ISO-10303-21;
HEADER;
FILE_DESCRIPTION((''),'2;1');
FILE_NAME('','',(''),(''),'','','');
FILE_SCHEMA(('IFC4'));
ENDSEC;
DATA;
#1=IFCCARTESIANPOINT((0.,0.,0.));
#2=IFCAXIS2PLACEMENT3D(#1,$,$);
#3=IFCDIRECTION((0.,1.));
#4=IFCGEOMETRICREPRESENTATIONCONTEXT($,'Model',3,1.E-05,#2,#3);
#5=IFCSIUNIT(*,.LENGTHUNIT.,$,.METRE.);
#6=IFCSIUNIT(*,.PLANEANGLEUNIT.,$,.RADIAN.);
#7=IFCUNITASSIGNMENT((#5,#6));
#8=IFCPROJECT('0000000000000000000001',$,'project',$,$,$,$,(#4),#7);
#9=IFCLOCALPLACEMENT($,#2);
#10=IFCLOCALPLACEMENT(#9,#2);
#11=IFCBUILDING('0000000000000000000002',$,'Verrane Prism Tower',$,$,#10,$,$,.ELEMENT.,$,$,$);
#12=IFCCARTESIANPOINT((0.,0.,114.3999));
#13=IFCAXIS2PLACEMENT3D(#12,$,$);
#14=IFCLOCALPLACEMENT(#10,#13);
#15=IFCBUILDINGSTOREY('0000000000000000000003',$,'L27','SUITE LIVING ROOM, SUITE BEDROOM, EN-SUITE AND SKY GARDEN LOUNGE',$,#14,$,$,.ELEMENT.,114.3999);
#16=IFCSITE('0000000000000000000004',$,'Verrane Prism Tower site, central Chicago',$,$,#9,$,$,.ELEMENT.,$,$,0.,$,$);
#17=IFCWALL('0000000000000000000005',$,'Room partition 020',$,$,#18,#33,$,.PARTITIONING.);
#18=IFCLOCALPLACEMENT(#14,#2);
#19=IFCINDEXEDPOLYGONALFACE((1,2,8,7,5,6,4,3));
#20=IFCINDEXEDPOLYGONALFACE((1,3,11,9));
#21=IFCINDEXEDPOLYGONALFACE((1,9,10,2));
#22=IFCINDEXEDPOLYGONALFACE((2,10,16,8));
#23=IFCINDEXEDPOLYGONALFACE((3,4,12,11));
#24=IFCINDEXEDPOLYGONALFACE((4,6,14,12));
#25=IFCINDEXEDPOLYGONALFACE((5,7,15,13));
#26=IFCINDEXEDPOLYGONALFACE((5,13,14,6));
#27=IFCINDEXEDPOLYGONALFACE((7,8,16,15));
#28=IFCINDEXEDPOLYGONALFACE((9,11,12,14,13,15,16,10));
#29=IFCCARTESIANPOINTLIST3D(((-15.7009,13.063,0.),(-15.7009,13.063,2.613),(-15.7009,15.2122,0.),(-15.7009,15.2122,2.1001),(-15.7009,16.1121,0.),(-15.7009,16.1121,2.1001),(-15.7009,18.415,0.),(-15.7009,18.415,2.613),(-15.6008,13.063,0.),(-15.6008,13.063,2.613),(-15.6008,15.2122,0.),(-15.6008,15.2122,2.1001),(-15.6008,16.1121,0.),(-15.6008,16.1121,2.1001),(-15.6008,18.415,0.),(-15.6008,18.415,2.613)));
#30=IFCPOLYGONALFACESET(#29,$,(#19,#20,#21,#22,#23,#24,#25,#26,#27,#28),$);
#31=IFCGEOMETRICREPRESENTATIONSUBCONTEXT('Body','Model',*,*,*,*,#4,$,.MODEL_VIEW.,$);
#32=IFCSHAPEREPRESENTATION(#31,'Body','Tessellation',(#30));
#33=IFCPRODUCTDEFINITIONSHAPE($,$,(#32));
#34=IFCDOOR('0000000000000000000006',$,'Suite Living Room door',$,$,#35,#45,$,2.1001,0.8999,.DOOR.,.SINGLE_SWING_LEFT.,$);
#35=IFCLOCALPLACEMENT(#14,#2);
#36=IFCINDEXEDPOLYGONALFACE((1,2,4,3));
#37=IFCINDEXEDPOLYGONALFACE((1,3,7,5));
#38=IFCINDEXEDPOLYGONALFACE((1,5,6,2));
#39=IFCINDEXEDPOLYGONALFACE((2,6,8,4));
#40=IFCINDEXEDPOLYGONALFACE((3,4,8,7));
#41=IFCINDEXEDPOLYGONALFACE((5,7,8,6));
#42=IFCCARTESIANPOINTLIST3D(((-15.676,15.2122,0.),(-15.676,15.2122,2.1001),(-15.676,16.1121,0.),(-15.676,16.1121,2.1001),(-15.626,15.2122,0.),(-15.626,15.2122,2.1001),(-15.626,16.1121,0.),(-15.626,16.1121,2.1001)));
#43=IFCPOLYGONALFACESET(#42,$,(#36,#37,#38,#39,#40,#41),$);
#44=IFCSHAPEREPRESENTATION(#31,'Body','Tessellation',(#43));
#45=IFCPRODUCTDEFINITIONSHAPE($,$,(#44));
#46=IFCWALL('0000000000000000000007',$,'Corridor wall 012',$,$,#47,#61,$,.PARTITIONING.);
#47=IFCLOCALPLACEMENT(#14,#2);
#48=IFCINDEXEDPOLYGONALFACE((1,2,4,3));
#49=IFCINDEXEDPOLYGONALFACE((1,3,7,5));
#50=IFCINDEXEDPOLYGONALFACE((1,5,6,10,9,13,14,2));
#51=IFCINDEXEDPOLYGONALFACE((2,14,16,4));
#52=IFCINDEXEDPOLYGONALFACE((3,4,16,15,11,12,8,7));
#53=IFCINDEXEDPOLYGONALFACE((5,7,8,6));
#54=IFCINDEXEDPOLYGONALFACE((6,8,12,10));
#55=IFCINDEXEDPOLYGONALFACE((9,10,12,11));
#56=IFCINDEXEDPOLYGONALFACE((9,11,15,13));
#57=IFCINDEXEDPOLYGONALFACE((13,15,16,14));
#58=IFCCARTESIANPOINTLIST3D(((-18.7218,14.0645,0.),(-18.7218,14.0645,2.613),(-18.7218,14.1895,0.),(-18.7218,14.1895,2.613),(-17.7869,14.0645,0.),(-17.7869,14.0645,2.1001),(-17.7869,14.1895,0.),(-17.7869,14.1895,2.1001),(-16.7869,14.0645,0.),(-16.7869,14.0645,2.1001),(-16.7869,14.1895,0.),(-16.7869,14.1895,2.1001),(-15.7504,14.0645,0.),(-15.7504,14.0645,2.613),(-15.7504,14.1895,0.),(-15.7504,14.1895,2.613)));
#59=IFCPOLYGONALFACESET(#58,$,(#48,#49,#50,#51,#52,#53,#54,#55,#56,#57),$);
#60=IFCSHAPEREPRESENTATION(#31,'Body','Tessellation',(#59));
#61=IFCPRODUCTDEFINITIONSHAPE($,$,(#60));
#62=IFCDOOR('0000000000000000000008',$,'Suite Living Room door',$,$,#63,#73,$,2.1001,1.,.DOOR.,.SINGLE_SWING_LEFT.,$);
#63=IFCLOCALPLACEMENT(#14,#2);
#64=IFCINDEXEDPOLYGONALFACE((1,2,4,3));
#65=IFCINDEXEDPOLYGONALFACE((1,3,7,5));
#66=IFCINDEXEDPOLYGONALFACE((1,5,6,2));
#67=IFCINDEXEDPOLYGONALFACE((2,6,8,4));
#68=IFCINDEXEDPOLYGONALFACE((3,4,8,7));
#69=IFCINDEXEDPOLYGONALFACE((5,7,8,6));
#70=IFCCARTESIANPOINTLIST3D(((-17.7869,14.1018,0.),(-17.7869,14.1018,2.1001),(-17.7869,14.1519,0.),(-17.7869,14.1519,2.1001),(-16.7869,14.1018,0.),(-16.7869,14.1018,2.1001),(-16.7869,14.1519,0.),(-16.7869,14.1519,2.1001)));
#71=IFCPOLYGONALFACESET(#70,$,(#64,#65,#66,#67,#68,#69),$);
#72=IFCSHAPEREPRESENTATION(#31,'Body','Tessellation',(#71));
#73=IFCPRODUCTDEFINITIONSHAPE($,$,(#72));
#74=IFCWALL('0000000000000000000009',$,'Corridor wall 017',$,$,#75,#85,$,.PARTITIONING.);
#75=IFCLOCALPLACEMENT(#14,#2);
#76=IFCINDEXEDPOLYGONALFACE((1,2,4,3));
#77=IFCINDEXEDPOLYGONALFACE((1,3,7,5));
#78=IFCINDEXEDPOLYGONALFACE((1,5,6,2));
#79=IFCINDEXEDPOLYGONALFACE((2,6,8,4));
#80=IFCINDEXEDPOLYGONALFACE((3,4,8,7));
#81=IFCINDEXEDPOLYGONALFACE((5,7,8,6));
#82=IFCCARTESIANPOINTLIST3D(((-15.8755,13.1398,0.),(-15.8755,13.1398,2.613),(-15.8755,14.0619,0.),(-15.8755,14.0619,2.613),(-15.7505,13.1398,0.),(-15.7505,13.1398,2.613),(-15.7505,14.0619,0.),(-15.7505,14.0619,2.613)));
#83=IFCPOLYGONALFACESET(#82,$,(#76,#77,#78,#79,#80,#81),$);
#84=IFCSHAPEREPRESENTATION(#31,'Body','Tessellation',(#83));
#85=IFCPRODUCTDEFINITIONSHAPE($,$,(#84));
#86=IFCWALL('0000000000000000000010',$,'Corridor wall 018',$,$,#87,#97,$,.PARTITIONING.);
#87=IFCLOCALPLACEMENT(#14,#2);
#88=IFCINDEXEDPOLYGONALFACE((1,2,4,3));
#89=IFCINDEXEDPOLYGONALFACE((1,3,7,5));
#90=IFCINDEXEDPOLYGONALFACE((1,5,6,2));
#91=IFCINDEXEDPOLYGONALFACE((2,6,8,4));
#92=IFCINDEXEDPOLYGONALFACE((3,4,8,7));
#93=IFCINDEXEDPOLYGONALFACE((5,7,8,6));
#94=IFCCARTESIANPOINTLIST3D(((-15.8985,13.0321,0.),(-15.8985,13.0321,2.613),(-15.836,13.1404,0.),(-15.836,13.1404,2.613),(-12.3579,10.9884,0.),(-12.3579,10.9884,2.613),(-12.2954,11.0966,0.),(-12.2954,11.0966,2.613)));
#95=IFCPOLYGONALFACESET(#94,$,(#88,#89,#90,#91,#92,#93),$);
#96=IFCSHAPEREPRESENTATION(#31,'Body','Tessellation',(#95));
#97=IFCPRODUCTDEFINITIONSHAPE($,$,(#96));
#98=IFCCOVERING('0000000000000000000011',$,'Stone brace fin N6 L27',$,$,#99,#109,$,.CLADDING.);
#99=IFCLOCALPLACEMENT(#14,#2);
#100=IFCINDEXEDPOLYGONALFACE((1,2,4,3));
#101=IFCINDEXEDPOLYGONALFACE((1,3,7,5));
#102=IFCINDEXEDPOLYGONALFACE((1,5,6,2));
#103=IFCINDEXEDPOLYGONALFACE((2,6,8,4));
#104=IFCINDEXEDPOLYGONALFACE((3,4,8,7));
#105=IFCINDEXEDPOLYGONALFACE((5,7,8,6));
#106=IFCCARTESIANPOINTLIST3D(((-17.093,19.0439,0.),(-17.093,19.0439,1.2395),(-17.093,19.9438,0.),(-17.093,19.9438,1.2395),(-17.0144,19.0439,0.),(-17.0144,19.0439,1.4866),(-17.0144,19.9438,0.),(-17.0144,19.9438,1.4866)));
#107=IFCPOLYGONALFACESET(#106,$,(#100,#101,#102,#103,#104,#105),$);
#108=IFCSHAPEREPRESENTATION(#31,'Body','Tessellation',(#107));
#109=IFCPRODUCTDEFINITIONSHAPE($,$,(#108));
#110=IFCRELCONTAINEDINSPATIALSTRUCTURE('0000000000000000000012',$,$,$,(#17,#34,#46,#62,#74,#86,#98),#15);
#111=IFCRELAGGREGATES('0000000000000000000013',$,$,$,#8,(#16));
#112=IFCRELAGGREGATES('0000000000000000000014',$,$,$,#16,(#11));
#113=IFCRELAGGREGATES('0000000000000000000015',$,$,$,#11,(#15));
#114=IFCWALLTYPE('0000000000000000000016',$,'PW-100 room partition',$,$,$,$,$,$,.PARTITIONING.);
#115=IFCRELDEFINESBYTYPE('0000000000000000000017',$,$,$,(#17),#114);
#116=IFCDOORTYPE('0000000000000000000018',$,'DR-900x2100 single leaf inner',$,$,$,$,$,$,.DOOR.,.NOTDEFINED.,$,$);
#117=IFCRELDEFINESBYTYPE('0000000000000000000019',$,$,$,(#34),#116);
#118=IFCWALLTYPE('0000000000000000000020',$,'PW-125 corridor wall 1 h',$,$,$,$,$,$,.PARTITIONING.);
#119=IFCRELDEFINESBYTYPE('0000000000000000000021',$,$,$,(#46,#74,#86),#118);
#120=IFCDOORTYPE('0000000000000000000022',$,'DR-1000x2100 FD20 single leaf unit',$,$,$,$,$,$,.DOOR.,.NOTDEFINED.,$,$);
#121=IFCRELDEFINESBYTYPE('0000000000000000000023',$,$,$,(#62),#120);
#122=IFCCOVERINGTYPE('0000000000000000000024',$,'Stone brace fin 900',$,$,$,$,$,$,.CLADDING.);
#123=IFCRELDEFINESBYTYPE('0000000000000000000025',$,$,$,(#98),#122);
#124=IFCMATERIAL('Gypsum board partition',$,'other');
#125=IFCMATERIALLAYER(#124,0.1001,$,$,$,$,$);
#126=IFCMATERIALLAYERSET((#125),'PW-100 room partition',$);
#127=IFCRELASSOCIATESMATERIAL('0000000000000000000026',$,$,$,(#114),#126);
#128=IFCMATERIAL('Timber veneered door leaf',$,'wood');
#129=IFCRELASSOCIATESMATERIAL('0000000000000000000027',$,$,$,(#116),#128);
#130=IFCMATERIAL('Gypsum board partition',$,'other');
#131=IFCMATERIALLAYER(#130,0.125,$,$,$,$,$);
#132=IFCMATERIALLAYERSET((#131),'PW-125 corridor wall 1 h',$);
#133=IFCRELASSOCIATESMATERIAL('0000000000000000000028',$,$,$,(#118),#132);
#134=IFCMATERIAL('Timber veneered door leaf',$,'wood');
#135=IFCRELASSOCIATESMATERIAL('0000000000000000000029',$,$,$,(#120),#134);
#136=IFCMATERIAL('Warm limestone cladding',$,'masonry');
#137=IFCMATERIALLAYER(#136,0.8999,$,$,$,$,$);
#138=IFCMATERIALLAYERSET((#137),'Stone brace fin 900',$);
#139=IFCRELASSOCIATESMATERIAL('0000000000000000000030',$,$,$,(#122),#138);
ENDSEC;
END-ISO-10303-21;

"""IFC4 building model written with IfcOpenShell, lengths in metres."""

from ifc_helpers import new_model, si_unit, direction, frame, frame_2d, origin, place, context, subcontext, project, spatial, polyline, rectangle, outline, extrude, material, layer, layer_set, type_object, element, fill, save


model = new_model("IFC4")

# Units and contexts
model_context = context("Model", 3, precision=1e-05, world=origin(), true_north=direction((0.0, 1.0)))
body_context = subcontext(model_context, "Body", "Model", "MODEL_VIEW")
ifc_project = project(units=[si_unit("LENGTHUNIT", "METRE"), si_unit("PLANEANGLEUNIT", "RADIAN")], contexts=[model_context])

# Site, building, storey
site_placement = place(None, origin())
site = spatial("IfcSite", under=ifc_project, at=site_placement, Name="Verrane Prism Tower site, central Chicago", CompositionType="ELEMENT", RefElevation=0.0)
building_placement = place(site_placement, origin())
building = spatial("IfcBuilding", under=site, at=building_placement, Name="Verrane Prism Tower", CompositionType="ELEMENT")
storey_placement = place(building_placement, frame((0.0, 0.0, 114.3999)))
storey = spatial("IfcBuildingStorey", under=building, at=storey_placement, Name="L27", Description="SUITE LIVING ROOM, SUITE BEDROOM, EN-SUITE AND SKY GARDEN LOUNGE", CompositionType="ELEMENT", Elevation=114.3999)

# Walls, openings, doors
ifc_material_1 = material(Name="Gypsum board partition", Category="other")
ifc_layer_1 = layer(ifc_material_1, 0.1001)
ifc_layer_set_1 = layer_set([ifc_layer_1], Name="PW-100 room partition")
wall_type_1 = type_object("IfcWallType", Name="PW-100 room partition", PredefinedType="PARTITIONING", material=ifc_layer_set_1)
wall_1_placement = place(storey_placement, frame((-15.6509, 18.415, 0.0), z_axis=(0.0, 0.0, 1.0), x_axis=(0.0, -1.0, 0.0)))
wall_1 = element("IfcWall", 1, at=wall_1_placement, inside=storey, type_object=wall_type_1, Name="Room partition 020", PredefinedType="PARTITIONING", context=body_context, shape_type="SweptSolid", body=[
    extrude(rectangle(XDim=5.3521, YDim=0.1001, at=frame_2d((2.676, 0.0))), origin(), (0.0, 0.0, 1.0), 2.613),
])
opening_1_placement = place(wall_1_placement, frame((2.303, 0.0, 0.0)))
opening_1 = element("IfcOpeningElement", 2, at=opening_1_placement, cuts=wall_1, PredefinedType="OPENING", context=body_context, shape_type="SweptSolid", body=[
    extrude(rectangle(XDim=0.8999, YDim=2.1001, at=frame_2d((0.45, 1.05))), frame((0.0, 0.0601, 0.0), z_axis=(0.0, -1.0, 0.0), x_axis=(1.0, 0.0, 0.0)), (0.0, 0.0, 1.0), 0.1201),
])
ifc_material_2 = material(Name="Timber veneered door leaf", Category="wood")
door_type_1 = type_object("IfcDoorType", Name="DR-900x2100 single leaf inner", OperationType="NOTDEFINED", PredefinedType="DOOR", material=ifc_material_2)
door_1_placement = place(opening_1_placement, origin())
door_1 = element("IfcDoor", 3, at=door_1_placement, inside=storey, type_object=door_type_1, Name="Suite Living Room door", OperationType="SINGLE_SWING_LEFT", OverallHeight=2.1001, OverallWidth=0.8999, PredefinedType="DOOR", context=body_context, shape_type="SweptSolid", body=[
    extrude(rectangle(XDim=0.8999, YDim=2.1001, at=frame_2d((0.45, 1.05))), frame((0.0, 0.0249, 0.0), z_axis=(0.0, -1.0, 0.0), x_axis=(1.0, 0.0, 0.0)), (0.0, 0.0, 1.0), 0.05),
])
fill(opening_1, door_1)
ifc_material_3 = material(Name="Gypsum board partition", Category="other")
ifc_layer_2 = layer(ifc_material_3, 0.125)
ifc_layer_set_2 = layer_set([ifc_layer_2], Name="PW-125 corridor wall 1 h")
wall_type_2 = type_object("IfcWallType", Name="PW-125 corridor wall 1 h", PredefinedType="PARTITIONING", material=ifc_layer_set_2)
wall_2_placement = place(storey_placement, frame((-18.7219, 14.127, 0.0), z_axis=(0.0, 0.0, 1.0), x_axis=(1.0, 0.0, 0.0)))
wall_2 = element("IfcWall", 4, at=wall_2_placement, inside=storey, type_object=wall_type_2, Name="Corridor wall 012", PredefinedType="PARTITIONING", context=body_context, shape_type="SweptSolid", body=[
    extrude(rectangle(XDim=2.9714, YDim=0.125, at=frame_2d((1.4858, 0.0))), origin(), (0.0, 0.0, 1.0), 2.613),
])
opening_2_placement = place(wall_2_placement, frame((0.9351, 0.0, 0.0)))
opening_2 = element("IfcOpeningElement", 5, at=opening_2_placement, cuts=wall_2, PredefinedType="OPENING", context=body_context, shape_type="SweptSolid", body=[
    extrude(rectangle(XDim=1.0, YDim=2.1001, at=frame_2d((0.5, 1.05))), frame((0.0, 0.0725, 0.0), z_axis=(0.0, -1.0, 0.0), x_axis=(1.0, 0.0, 0.0)), (0.0, 0.0, 1.0), 0.145),
])
ifc_material_4 = material(Name="Timber veneered door leaf", Category="wood")
door_type_2 = type_object("IfcDoorType", Name="DR-1000x2100 FD20 single leaf unit", OperationType="NOTDEFINED", PredefinedType="DOOR", material=ifc_material_4)
door_2_placement = place(opening_2_placement, origin())
door_2 = element("IfcDoor", 6, at=door_2_placement, inside=storey, type_object=door_type_2, Name="Suite Living Room door", OperationType="SINGLE_SWING_LEFT", OverallHeight=2.1001, OverallWidth=1.0, PredefinedType="DOOR", context=body_context, shape_type="SweptSolid", body=[
    extrude(rectangle(XDim=1.0, YDim=2.1001, at=frame_2d((0.5, 1.05))), frame((0.0, 0.0249, 0.0), z_axis=(0.0, -1.0, 0.0), x_axis=(1.0, 0.0, 0.0)), (0.0, 0.0, 1.0), 0.05),
])
fill(opening_2, door_2)

# Walls
wall_3_placement = place(storey_placement, frame((-15.813, 13.1399, 0.0), z_axis=(0.0, 0.0, 1.0), x_axis=(0.0, 1.0, 0.0)))
element("IfcWall", 7, at=wall_3_placement, inside=storey, type_object=wall_type_2, Name="Corridor wall 017", PredefinedType="PARTITIONING", context=body_context, shape_type="SweptSolid", body=[
    extrude(rectangle(XDim=0.9221, YDim=0.125, at=frame_2d((0.4609, 0.0))), origin(), (0.0, 0.0, 1.0), 2.613),
])
wall_4_placement = place(storey_placement, frame((-15.8672, 13.0862, 0.0), z_axis=(0.0, 0.0, 1.0), x_axis=(0.86607, -0.499922, 0.0)))
element("IfcWall", 8, at=wall_4_placement, inside=storey, type_object=wall_type_2, Name="Corridor wall 018", PredefinedType="PARTITIONING", context=body_context, shape_type="SweptSolid", body=[
    extrude(rectangle(XDim=4.0881, YDim=0.125, at=frame_2d((2.0439, 0.0))), origin(), (0.0, 0.0, 1.0), 2.613),
])

# Covering
ifc_material_5 = material(Name="Warm limestone cladding", Category="masonry")
ifc_layer_3 = layer(ifc_material_5, 0.8999)
ifc_layer_set_3 = layer_set([ifc_layer_3], Name="Stone brace fin 900")
covering_type = type_object("IfcCoveringType", Name="Stone brace fin 900", PredefinedType="CLADDING", material=ifc_layer_set_3)
covering_placement = place(storey_placement, frame((-17.093, 19.4939, 0.0), z_axis=(0.0, 0.0, 1.0), x_axis=(1.0, 0.0, 0.0)))
element("IfcCovering", 9, at=covering_placement, inside=storey, type_object=covering_type, Name="Stone brace fin N6 L27", PredefinedType="CLADDING", context=body_context, shape_type="SweptSolid", body=[
    extrude(outline(polyline([(0.0, 0.0), (0.0786, 0.0), (0.0786, 1.4866), (0.0, 1.2395), (0.0, 0.0)])), frame((0.0, 0.45, 0.0), z_axis=(0.0, -1.0, 0.0), x_axis=(1.0, 0.0, 0.0)), (0.0, 0.0, 1.0), 0.8999),
])

save(model, "model.ifc")
